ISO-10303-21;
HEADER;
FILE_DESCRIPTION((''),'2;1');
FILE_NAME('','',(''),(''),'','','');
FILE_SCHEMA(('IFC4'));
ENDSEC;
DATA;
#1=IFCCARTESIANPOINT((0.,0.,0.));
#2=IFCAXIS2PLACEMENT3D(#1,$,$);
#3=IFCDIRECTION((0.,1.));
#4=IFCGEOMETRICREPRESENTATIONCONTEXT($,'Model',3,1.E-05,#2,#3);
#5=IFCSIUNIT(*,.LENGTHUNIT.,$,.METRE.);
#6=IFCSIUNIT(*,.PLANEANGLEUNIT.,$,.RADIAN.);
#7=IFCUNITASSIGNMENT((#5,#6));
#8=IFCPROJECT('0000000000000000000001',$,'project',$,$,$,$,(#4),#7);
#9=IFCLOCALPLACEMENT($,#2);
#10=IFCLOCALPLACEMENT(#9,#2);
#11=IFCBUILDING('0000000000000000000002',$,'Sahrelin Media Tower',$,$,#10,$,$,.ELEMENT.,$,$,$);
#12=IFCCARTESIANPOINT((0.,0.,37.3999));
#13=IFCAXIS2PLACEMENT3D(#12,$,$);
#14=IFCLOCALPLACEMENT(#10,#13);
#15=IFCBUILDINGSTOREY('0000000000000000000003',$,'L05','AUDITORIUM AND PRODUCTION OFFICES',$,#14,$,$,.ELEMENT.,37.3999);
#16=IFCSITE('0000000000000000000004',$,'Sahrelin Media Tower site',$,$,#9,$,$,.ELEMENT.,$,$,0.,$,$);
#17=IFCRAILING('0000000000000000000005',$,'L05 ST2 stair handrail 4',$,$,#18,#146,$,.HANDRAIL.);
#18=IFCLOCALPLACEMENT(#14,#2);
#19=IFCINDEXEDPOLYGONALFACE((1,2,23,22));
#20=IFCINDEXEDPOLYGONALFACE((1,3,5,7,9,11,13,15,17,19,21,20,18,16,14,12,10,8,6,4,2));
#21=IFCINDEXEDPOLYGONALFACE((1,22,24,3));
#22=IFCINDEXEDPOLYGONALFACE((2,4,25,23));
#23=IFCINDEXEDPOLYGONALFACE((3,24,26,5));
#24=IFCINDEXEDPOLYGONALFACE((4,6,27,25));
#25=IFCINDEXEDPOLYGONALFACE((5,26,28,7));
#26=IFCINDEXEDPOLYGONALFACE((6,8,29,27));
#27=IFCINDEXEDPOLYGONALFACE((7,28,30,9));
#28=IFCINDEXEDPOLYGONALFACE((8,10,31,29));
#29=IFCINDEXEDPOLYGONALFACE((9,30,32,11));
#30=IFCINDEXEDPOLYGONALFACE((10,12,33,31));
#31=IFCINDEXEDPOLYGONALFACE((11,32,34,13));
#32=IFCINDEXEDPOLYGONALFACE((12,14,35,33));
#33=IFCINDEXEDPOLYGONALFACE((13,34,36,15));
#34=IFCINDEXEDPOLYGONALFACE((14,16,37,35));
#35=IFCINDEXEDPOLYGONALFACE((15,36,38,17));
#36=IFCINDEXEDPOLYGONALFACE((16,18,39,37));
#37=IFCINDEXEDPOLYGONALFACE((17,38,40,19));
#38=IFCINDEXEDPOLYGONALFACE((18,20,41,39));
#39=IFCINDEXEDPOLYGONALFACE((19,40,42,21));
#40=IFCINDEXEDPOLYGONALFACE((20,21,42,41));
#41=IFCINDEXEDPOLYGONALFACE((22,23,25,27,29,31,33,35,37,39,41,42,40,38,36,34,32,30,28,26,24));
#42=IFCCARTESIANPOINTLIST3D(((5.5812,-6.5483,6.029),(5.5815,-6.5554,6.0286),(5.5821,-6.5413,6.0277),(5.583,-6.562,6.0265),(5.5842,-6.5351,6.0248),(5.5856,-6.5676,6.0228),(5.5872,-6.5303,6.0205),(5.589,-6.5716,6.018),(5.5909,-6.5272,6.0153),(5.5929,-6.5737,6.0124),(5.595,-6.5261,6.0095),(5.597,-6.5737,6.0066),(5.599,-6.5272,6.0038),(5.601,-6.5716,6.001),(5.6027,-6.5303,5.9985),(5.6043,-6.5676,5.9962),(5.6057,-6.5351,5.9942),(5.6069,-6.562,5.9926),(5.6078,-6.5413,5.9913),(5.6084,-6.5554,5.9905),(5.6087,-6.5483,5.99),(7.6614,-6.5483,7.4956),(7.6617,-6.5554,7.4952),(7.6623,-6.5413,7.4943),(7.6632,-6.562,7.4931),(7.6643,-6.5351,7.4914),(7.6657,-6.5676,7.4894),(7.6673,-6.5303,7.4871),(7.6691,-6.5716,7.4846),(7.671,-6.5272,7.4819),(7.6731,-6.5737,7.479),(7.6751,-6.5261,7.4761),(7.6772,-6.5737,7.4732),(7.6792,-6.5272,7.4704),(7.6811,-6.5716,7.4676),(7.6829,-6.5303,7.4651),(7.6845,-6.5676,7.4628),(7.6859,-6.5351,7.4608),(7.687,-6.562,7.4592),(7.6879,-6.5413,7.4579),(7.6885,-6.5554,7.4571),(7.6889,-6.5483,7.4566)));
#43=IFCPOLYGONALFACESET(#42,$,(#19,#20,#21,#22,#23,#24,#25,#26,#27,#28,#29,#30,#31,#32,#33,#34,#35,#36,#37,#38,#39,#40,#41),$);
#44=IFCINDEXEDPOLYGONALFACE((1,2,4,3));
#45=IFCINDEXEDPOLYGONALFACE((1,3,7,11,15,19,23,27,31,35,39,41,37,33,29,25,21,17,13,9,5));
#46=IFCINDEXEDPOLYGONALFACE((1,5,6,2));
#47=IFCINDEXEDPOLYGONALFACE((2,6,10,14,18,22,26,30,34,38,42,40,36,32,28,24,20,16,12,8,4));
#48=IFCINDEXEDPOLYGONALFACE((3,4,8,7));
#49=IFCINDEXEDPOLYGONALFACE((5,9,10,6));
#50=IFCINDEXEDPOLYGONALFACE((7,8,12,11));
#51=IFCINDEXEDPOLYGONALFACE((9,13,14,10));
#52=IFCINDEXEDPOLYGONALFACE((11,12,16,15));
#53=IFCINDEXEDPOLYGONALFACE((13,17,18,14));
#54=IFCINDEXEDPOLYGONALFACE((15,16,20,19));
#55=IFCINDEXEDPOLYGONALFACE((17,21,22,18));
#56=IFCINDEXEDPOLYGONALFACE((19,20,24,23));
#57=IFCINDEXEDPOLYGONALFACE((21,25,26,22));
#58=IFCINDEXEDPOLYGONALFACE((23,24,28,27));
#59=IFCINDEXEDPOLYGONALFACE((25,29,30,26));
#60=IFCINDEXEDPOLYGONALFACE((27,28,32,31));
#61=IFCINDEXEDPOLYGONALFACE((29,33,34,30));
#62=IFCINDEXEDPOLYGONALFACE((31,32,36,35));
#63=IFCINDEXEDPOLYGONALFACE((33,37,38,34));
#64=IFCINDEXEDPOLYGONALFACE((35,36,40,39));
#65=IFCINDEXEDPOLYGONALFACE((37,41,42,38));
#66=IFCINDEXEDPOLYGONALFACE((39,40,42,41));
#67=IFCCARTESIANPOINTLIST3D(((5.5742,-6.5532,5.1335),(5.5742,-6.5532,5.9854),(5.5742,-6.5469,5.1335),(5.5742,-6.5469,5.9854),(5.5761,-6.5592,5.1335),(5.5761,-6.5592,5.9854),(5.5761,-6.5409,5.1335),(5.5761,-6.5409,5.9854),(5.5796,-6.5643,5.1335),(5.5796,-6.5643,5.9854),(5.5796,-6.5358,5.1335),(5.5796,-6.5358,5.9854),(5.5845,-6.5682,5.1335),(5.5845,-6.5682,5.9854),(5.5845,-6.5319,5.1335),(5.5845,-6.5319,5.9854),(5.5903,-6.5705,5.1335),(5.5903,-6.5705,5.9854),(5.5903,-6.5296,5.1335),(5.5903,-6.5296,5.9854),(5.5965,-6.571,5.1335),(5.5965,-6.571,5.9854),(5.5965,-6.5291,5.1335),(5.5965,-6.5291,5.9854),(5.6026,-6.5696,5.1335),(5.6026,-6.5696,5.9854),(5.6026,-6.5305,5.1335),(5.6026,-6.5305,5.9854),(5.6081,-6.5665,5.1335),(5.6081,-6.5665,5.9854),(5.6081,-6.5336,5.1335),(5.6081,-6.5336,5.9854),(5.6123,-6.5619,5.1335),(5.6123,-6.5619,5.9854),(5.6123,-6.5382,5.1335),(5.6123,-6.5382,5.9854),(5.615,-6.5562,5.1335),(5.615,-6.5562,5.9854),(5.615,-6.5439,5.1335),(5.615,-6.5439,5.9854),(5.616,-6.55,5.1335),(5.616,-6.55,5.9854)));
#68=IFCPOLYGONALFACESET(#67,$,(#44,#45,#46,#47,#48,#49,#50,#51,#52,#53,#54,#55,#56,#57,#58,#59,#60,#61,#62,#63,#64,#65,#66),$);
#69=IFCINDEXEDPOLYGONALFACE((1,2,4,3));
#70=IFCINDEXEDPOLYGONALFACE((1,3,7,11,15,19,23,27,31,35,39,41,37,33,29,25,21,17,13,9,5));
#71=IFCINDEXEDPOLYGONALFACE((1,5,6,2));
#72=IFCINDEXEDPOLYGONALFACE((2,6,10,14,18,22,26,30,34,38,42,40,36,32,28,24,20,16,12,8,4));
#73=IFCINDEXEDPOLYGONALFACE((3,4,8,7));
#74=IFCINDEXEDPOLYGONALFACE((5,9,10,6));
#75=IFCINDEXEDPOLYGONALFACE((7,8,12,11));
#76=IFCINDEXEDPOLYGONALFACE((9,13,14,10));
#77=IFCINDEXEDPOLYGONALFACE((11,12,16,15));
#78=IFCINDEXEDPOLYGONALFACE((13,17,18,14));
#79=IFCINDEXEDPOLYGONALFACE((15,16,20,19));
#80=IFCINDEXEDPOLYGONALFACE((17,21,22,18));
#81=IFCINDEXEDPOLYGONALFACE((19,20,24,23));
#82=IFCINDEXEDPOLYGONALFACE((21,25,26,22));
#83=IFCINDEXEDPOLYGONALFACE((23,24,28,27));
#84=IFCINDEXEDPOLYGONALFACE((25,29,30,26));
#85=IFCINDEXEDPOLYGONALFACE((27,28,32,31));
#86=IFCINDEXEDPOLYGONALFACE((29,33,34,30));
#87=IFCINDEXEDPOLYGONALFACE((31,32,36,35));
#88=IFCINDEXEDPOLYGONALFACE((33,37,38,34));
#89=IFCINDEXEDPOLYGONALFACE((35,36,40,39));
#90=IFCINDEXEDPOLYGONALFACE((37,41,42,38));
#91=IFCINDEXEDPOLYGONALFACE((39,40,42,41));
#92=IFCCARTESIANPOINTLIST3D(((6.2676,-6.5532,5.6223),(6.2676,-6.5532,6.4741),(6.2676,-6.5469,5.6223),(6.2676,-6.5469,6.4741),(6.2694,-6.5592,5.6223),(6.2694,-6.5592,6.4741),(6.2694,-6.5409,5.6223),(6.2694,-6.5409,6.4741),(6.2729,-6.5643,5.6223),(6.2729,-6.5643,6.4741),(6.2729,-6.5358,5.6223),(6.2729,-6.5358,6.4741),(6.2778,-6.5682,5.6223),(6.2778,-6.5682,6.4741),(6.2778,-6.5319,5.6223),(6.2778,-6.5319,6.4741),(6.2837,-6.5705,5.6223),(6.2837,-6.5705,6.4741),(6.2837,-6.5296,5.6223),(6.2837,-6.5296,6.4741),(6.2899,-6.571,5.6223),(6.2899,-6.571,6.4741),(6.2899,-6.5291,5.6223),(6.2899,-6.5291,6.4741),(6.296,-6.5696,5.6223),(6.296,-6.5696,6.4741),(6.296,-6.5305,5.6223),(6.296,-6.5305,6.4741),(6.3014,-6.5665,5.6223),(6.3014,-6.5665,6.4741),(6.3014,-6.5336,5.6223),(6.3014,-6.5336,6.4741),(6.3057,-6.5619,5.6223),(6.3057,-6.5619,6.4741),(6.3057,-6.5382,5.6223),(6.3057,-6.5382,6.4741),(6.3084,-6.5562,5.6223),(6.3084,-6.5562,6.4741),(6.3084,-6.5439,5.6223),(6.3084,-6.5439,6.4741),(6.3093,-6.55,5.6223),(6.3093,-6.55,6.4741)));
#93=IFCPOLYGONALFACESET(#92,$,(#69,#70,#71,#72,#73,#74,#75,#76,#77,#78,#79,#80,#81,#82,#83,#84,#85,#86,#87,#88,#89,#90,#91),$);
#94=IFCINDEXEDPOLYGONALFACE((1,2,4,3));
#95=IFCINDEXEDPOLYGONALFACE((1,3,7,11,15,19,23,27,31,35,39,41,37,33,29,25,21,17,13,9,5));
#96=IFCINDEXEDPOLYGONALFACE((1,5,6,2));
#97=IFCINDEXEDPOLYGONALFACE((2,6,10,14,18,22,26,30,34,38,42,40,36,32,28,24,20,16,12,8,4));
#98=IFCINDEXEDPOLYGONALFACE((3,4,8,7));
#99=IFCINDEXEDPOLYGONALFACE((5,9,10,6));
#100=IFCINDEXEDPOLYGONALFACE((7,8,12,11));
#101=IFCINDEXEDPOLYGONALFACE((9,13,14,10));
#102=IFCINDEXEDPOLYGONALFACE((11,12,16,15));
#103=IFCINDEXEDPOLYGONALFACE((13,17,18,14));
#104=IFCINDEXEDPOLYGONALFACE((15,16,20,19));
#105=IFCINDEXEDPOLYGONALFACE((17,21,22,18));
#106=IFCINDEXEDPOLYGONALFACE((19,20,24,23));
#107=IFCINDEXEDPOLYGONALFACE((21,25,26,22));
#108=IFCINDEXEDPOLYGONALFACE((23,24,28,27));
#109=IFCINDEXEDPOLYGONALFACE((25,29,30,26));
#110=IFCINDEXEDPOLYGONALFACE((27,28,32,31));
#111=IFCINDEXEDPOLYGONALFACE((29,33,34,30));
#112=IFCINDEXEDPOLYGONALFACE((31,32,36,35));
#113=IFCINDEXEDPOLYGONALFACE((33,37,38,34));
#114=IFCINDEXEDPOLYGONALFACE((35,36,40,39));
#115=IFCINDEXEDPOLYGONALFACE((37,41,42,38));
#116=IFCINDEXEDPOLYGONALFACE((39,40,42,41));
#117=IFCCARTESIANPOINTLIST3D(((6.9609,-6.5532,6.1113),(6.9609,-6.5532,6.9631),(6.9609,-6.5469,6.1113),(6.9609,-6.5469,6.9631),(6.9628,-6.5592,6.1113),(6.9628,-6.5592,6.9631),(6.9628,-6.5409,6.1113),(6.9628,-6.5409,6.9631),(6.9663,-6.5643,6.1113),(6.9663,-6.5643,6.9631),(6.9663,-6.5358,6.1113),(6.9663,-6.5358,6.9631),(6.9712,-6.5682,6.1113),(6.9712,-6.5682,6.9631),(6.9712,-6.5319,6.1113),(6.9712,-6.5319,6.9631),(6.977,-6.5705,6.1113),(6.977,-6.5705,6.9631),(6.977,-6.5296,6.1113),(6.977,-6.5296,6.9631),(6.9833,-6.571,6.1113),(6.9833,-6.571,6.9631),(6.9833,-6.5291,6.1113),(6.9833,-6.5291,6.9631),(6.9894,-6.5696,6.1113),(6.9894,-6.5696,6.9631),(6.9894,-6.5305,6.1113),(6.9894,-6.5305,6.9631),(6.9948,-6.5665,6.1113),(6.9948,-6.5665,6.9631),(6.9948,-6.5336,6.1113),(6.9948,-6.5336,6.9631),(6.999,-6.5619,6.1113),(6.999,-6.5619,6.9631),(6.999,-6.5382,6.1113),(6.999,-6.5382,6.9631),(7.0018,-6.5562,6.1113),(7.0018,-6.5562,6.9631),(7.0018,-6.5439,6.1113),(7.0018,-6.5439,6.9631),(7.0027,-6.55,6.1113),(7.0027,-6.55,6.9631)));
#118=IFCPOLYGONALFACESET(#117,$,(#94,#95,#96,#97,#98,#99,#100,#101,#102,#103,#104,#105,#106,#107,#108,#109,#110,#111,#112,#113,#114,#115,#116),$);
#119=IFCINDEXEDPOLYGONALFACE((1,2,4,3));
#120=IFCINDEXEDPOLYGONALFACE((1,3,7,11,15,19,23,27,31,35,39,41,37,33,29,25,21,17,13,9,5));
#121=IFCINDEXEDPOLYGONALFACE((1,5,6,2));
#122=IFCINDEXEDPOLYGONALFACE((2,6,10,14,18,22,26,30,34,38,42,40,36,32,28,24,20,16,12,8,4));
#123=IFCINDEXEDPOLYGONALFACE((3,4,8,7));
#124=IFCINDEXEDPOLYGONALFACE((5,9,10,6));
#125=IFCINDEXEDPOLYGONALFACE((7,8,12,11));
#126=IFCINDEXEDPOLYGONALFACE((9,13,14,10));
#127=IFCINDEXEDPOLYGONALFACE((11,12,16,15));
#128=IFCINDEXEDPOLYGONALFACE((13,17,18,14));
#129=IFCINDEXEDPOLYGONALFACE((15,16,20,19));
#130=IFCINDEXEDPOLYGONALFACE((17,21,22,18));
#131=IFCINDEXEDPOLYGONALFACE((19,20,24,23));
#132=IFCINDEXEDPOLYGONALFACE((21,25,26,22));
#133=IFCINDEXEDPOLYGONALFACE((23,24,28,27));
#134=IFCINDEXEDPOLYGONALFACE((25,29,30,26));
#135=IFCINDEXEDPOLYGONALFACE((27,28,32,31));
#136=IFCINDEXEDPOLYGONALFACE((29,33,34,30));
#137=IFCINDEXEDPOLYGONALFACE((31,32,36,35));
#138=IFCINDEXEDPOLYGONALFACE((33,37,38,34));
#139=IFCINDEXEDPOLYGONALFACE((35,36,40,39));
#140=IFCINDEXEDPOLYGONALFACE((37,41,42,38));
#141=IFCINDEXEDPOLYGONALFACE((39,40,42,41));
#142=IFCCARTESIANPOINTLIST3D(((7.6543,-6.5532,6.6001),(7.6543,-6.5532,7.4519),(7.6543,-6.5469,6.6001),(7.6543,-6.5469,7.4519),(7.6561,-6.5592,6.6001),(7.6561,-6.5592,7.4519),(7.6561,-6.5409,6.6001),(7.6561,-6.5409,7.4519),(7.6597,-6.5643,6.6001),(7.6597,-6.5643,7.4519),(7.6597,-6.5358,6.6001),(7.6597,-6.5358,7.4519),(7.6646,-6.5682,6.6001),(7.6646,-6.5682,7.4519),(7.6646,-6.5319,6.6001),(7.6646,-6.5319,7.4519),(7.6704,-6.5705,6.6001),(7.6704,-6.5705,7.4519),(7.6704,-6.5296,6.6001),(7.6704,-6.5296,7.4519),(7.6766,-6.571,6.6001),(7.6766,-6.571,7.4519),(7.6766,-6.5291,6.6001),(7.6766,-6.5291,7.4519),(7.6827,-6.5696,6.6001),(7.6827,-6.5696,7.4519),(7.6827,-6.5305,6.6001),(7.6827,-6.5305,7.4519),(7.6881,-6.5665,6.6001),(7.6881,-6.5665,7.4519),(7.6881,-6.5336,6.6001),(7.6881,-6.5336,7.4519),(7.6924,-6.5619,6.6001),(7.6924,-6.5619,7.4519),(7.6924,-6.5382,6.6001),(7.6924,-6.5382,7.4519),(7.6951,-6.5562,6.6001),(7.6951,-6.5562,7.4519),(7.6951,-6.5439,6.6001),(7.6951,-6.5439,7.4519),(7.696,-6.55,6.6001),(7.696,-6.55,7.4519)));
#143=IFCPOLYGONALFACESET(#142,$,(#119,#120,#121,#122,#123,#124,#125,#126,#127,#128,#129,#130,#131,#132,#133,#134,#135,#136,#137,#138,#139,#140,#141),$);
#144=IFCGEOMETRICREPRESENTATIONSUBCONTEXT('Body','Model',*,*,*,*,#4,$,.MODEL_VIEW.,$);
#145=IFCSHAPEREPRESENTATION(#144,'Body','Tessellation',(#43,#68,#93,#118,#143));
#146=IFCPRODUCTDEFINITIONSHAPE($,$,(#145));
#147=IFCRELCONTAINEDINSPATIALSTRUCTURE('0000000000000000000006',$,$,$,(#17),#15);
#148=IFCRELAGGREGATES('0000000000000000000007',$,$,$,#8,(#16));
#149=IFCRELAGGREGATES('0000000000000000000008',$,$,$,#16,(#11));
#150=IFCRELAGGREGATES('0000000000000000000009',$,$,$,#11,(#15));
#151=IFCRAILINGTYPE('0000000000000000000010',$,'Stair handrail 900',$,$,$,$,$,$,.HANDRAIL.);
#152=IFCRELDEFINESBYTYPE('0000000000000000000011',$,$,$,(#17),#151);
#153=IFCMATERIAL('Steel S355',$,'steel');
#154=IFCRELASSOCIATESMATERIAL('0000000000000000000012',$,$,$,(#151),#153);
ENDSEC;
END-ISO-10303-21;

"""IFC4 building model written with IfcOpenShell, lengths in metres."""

from ifc_helpers import new_model, si_unit, direction, frame, origin, origin_2d, place, context, subcontext, project, spatial, circle, extrude, material, type_object, element, save


model = new_model("IFC4")

# Units and contexts
model_context = context("Model", 3, precision=1e-05, world=origin(), true_north=direction((0.0, 1.0)))
body_context = subcontext(model_context, "Body", "Model", "MODEL_VIEW")
ifc_project = project(units=[si_unit("LENGTHUNIT", "METRE"), si_unit("PLANEANGLEUNIT", "RADIAN")], contexts=[model_context])

# Site, building, storey
site_placement = place(None, origin())
site = spatial("IfcSite", under=ifc_project, at=site_placement, Name="Sahrelin Media Tower site", CompositionType="ELEMENT", RefElevation=0.0)
building_placement = place(site_placement, origin())
building = spatial("IfcBuilding", under=site, at=building_placement, Name="Sahrelin Media Tower", CompositionType="ELEMENT")
storey_placement = place(building_placement, frame((0.0, 0.0, 37.3999)))
storey = spatial("IfcBuildingStorey", under=building, at=storey_placement, Name="L05", Description="AUDITORIUM AND PRODUCTION OFFICES", CompositionType="ELEMENT", Elevation=37.3999)

# Shared definitions
ifc_material_1 = material(Name="Steel S355", Category="steel")

# Railing
railing_type_1 = type_object("IfcRailingType", Name="Stair handrail 900", PredefinedType="HANDRAIL", material=ifc_material_1)
for number, where, name in (
    (1, (5.595, -6.55, 5.1335), "L05 ST2 stair handrail 4"),
):
    element("IfcRailing", number, at=place(storey_placement, frame(where)), inside=storey, type_object=railing_type_1, Name=name, PredefinedType="HANDRAIL", context=body_context, shape_type="SweptSolid", body=[
        extrude(circle(Radius=0.0239, at=origin_2d()), frame((0.0, 0.0, 0.876), z_axis=(0.817289, 0.0, 0.576227), x_axis=(0.0, 1.0, 0.0)), (0.0, 0.0, 1.0), 2.5452),
        extrude(circle(Radius=0.021, at=origin_2d()), origin(), (0.0, 0.0, 1.0), 0.8518),
        extrude(circle(Radius=0.021, at=origin_2d()), frame((0.6934, 0.0, 0.4888)), (0.0, 0.0, 1.0), 0.8518),
        extrude(circle(Radius=0.021, at=origin_2d()), frame((1.3867, 0.0, 0.9778)), (0.0, 0.0, 1.0), 0.8518),
        extrude(circle(Radius=0.021, at=origin_2d()), frame((2.0801, 0.0, 1.4666)), (0.0, 0.0, 1.0), 0.8518),
    ])

save(model, "model.ifc")
